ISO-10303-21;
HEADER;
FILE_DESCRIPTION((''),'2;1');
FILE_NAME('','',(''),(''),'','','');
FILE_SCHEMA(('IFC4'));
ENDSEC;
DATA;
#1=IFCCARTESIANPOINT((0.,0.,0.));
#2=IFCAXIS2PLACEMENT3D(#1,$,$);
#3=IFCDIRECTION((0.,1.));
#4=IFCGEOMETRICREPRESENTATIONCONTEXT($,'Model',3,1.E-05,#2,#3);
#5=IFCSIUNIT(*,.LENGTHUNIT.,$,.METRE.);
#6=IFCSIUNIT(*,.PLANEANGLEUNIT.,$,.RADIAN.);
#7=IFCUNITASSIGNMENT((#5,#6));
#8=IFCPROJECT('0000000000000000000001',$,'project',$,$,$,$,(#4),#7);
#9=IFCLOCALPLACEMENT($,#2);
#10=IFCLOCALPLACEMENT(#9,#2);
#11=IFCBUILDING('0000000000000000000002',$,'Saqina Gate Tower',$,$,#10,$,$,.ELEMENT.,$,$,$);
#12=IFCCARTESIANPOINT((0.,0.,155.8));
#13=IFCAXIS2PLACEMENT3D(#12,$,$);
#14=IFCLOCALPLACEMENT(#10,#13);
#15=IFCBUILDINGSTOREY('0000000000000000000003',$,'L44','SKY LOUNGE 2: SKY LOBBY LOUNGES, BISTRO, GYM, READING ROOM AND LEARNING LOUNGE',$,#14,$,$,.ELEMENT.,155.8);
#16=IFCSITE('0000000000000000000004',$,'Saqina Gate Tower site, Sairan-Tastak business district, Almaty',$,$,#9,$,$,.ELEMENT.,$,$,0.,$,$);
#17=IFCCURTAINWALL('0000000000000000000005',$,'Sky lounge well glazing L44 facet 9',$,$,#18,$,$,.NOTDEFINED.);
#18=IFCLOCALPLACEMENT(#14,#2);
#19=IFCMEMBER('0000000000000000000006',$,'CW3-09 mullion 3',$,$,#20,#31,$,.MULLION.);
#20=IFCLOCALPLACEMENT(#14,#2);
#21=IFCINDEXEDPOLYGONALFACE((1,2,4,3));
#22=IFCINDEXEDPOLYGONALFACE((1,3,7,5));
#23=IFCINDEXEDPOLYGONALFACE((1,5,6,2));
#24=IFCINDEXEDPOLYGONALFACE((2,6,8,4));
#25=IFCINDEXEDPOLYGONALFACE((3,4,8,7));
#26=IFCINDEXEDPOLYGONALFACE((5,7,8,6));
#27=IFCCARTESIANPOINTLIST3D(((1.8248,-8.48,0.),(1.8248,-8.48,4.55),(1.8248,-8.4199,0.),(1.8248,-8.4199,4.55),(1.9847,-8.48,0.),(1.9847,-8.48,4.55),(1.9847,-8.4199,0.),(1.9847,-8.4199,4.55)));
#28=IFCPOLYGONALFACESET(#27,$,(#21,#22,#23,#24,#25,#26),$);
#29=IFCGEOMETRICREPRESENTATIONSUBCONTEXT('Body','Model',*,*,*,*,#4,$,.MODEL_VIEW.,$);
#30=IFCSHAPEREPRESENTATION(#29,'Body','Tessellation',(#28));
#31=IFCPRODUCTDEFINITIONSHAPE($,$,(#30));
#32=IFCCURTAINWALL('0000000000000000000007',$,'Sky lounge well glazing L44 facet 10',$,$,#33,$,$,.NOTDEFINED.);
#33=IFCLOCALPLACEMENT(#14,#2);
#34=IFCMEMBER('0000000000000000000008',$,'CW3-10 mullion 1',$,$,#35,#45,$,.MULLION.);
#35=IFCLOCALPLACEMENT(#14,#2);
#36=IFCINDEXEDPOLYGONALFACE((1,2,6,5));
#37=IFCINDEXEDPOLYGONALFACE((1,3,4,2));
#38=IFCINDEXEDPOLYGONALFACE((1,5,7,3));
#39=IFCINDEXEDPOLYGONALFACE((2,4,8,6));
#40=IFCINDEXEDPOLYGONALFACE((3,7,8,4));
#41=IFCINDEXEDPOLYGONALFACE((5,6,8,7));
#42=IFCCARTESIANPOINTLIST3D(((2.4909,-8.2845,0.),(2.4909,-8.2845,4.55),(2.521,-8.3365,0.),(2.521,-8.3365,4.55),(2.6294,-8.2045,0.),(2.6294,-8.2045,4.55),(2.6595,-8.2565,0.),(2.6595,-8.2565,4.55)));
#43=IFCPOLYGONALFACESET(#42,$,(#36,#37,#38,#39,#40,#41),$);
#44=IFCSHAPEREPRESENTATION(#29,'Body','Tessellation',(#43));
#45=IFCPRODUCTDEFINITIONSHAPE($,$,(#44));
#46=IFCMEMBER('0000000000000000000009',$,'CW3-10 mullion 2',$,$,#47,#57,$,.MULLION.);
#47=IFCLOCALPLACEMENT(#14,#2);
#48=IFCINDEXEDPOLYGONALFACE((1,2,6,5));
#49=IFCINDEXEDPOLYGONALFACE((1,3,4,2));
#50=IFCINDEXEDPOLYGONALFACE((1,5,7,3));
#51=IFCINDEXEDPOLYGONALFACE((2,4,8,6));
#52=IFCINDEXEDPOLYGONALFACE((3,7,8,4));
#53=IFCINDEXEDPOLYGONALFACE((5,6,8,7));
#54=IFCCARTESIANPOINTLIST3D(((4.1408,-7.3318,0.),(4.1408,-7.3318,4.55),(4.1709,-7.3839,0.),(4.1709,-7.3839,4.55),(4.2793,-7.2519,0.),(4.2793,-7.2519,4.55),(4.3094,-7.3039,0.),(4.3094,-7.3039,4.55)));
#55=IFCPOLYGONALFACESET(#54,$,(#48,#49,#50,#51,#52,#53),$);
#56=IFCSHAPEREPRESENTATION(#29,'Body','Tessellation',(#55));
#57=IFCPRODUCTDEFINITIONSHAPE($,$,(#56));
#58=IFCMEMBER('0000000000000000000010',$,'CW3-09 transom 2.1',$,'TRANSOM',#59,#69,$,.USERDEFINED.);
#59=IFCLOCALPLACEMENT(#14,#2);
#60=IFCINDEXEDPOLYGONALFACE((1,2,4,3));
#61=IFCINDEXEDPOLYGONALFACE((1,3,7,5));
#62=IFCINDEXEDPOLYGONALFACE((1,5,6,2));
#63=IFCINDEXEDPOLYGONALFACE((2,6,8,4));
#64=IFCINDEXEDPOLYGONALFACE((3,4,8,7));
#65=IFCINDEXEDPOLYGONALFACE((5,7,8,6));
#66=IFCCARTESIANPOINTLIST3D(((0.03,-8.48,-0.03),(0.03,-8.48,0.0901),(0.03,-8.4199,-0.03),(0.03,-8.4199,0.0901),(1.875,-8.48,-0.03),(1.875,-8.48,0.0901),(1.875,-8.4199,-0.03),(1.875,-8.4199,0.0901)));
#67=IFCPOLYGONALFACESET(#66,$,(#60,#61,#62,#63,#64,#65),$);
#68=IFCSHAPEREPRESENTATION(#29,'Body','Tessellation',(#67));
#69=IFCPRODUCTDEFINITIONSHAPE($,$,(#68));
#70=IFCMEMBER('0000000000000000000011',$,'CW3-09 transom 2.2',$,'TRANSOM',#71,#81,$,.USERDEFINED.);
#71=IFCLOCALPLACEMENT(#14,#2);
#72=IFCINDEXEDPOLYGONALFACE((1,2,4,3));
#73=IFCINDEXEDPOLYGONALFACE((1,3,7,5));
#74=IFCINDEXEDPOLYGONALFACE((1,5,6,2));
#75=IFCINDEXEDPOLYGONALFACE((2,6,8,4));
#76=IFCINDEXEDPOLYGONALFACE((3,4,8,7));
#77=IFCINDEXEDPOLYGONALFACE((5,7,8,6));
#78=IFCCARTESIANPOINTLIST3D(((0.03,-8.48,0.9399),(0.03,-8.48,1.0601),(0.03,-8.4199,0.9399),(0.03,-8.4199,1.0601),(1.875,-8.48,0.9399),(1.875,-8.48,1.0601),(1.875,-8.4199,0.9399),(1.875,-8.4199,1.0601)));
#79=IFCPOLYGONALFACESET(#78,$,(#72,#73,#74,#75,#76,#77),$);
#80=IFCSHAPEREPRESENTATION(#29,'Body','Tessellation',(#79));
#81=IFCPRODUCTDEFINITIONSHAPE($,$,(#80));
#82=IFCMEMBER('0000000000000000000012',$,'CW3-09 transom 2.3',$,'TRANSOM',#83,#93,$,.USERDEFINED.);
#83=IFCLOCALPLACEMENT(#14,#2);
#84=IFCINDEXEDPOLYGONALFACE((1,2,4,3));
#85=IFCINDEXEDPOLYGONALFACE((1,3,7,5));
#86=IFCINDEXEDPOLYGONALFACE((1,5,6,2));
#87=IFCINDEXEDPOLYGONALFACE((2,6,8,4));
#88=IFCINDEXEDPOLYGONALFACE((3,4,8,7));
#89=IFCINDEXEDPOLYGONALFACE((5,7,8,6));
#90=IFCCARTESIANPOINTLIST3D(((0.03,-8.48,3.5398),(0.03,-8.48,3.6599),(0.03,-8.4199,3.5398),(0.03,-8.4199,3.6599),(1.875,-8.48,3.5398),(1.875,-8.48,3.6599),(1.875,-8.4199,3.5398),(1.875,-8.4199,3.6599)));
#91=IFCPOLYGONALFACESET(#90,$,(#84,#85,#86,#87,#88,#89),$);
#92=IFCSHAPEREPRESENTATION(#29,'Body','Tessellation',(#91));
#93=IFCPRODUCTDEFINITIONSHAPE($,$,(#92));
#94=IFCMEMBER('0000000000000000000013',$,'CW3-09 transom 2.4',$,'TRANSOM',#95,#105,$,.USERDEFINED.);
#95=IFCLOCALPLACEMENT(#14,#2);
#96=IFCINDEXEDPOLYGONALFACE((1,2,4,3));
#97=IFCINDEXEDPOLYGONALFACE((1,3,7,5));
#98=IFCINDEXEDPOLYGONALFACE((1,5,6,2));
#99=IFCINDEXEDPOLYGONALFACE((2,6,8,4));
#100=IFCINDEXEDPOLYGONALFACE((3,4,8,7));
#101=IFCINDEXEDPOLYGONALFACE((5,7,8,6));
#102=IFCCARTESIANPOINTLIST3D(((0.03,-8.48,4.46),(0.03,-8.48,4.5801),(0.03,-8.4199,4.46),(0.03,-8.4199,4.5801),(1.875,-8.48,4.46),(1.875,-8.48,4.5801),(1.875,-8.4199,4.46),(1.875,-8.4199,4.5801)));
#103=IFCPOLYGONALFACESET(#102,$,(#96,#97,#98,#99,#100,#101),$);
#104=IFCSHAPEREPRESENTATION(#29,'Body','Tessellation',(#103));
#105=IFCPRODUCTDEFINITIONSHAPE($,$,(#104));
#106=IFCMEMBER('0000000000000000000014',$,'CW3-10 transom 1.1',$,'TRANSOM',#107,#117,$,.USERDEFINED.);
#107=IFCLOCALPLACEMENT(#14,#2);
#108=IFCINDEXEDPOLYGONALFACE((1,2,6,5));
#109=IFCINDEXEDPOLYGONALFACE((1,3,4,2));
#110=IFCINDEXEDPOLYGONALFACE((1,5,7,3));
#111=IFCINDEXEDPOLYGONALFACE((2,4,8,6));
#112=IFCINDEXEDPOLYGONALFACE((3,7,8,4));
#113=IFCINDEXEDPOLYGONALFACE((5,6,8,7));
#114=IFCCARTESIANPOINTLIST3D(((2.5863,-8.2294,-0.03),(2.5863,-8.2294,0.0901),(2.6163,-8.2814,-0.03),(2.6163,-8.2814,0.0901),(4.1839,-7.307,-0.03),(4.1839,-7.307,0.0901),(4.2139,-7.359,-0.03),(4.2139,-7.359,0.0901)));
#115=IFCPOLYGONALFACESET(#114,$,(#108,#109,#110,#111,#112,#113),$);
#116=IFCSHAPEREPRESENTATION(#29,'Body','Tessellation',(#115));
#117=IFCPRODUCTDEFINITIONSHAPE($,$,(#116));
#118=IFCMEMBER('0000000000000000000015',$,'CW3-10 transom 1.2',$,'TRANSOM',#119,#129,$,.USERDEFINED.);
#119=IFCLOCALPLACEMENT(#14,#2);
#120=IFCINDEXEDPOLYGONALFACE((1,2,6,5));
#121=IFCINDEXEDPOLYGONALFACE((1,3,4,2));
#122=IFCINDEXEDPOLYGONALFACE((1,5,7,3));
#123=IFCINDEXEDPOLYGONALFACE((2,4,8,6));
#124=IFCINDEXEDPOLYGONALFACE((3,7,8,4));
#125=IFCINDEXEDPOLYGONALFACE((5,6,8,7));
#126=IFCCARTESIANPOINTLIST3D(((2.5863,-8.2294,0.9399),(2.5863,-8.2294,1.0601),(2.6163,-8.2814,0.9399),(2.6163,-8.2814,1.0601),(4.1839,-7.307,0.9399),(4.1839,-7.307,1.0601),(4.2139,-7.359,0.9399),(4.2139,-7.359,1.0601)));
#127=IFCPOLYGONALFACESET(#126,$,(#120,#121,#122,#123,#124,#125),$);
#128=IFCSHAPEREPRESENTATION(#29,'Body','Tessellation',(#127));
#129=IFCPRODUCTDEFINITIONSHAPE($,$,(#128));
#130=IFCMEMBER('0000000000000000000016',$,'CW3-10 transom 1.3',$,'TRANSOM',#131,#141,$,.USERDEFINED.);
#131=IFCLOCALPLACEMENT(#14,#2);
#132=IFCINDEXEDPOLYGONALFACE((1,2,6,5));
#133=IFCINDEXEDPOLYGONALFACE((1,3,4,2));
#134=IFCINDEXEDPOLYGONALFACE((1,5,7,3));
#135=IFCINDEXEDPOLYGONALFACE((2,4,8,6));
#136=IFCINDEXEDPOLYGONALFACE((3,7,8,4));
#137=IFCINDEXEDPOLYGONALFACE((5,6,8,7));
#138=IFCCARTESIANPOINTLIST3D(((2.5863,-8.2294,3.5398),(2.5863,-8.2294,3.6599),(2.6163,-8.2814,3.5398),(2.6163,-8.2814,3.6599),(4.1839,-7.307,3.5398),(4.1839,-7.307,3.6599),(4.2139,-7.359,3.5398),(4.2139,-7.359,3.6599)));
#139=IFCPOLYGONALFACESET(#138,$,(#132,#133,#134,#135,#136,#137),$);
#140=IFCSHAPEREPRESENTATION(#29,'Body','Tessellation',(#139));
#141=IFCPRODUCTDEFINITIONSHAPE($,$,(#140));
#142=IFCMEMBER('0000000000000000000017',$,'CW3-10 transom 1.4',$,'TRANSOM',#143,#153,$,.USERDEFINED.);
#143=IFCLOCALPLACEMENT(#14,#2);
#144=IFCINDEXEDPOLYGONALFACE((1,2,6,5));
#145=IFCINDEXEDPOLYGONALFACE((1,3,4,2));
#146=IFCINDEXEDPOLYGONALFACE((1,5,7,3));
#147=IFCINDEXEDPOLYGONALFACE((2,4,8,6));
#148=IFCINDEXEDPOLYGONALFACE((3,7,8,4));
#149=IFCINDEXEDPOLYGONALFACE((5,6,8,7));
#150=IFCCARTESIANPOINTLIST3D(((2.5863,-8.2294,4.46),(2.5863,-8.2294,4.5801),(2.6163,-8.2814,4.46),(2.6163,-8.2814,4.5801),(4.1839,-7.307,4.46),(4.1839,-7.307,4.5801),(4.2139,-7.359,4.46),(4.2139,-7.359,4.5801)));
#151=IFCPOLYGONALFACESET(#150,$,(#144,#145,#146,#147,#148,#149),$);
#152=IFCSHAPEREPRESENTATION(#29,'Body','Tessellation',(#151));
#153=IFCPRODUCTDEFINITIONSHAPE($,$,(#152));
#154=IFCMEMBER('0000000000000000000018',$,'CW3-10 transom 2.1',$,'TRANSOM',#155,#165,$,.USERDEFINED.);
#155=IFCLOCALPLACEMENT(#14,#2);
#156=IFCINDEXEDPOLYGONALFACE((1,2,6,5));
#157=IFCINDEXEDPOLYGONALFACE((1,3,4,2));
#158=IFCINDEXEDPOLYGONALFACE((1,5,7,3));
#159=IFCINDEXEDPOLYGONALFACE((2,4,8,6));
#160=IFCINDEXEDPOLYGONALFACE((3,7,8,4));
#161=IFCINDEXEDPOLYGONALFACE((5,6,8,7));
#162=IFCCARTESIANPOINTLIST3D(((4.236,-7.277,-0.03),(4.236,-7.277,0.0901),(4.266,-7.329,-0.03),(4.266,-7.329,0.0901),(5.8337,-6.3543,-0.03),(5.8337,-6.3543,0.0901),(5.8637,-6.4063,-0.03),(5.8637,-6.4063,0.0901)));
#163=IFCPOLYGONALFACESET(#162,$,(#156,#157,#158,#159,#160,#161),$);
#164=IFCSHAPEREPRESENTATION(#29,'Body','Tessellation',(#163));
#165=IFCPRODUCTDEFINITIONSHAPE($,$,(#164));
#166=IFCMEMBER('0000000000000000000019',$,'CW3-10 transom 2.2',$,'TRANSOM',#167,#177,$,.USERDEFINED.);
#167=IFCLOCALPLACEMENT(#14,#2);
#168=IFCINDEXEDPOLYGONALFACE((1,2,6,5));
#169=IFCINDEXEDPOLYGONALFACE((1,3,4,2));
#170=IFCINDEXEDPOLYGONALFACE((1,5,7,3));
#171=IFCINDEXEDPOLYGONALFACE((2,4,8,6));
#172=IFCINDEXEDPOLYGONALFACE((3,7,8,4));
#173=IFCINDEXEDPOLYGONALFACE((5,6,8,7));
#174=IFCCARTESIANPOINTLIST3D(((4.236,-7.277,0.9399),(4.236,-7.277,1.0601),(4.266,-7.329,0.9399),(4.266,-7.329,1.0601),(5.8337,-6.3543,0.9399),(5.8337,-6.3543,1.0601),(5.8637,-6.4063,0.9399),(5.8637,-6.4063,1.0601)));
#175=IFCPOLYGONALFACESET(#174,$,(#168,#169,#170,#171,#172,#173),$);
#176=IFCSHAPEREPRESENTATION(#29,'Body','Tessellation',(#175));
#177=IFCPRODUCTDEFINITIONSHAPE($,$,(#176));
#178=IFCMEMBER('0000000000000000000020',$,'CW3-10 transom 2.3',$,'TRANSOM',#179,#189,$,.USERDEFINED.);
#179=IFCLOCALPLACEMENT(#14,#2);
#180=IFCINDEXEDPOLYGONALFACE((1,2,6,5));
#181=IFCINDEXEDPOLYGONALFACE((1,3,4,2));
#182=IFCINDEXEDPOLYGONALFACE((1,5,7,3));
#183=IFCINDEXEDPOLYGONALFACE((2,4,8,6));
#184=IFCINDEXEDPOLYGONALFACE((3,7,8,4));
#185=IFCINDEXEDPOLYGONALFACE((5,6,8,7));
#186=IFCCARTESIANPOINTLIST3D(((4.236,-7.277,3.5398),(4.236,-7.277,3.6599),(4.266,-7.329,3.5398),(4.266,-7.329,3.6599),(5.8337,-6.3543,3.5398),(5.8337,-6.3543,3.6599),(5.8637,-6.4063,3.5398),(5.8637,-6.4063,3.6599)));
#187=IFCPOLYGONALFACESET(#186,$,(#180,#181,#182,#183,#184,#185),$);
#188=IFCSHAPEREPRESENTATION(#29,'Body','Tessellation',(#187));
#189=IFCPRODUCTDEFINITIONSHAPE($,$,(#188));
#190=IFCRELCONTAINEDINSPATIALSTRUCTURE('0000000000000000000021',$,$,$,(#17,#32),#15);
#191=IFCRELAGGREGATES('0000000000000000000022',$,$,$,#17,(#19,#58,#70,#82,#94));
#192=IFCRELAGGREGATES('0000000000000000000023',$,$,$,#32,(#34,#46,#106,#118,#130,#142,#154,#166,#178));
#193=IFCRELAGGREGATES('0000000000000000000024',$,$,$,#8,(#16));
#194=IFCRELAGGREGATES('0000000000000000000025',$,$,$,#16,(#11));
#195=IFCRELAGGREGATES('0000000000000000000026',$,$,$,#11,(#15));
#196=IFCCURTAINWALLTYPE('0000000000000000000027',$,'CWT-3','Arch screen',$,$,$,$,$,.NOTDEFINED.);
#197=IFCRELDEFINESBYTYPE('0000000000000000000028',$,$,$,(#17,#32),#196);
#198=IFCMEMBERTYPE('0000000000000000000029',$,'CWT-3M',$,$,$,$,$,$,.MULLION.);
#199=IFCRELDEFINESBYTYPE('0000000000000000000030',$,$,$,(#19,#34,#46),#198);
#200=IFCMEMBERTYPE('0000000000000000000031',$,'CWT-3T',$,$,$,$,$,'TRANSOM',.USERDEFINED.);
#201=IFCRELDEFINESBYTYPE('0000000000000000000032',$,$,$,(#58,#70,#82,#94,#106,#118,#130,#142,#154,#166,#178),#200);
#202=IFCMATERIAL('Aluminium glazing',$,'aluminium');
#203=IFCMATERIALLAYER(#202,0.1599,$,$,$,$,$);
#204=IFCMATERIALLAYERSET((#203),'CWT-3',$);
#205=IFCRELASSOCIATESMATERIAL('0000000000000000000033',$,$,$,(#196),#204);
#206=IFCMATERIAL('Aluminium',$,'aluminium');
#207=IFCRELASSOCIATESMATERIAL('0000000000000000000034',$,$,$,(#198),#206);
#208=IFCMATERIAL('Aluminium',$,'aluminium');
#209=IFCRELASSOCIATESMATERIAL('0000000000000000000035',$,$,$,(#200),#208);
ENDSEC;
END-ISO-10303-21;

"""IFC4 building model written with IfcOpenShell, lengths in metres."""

from ifc_helpers import new_model, si_unit, direction, frame, origin, origin_2d, place, context, subcontext, project, spatial, rectangle, extrude, material, layer, layer_set, material_profile, profile_set, type_object, element, aggregate, save


model = new_model("IFC4")

# Units and contexts
model_context = context("Model", 3, precision=1e-05, world=origin(), true_north=direction((0.0, 1.0)))
body_context = subcontext(model_context, "Body", "Model", "MODEL_VIEW")
ifc_project = project(units=[si_unit("LENGTHUNIT", "METRE"), si_unit("PLANEANGLEUNIT", "RADIAN")], contexts=[model_context])

# Site, building, storey
site_placement = place(None, origin())
site = spatial("IfcSite", under=ifc_project, at=site_placement, Name="Saqina Gate Tower site, Sairan-Tastak business district, Almaty", CompositionType="ELEMENT", RefElevation=0.0)
building_placement = place(site_placement, origin())
building = spatial("IfcBuilding", under=site, at=building_placement, Name="Saqina Gate Tower", CompositionType="ELEMENT")
storey_placement = place(building_placement, frame((0.0, 0.0, 155.8)))
storey = spatial("IfcBuildingStorey", under=building, at=storey_placement, Name="L44", Description="SKY LOUNGE 2: SKY LOBBY LOUNGES, BISTRO, GYM, READING ROOM AND LEARNING LOUNGE", CompositionType="ELEMENT", Elevation=155.8)

# Curtain wall, member
ifc_material_1 = material(Name="Aluminium glazing", Category="aluminium")
ifc_layer_1 = layer(ifc_material_1, 0.1599)
ifc_layer_set_1 = layer_set([ifc_layer_1], Name="CWT-3")
curtain_wall_type = type_object("IfcCurtainWallType", Name="CWT-3", Description="Arch screen", PredefinedType="NOTDEFINED", material=ifc_layer_set_1)
curtain_wall_1_placement = place(storey_placement, origin())
curtain_wall_1 = element("IfcCurtainWall", 1, at=curtain_wall_1_placement, inside=storey, type_object=curtain_wall_type, Name="Sky lounge well glazing L44 facet 9", PredefinedType="NOTDEFINED")
ifc_material_2 = material(Name="Aluminium", Category="aluminium")
ifc_material_profile_1 = material_profile(ifc_material_2, rectangle(XDim=0.0601, YDim=0.1599, at=origin_2d()), Name="Aluminium 60x160")
ifc_profile_set_1 = profile_set([ifc_material_profile_1], Name="Aluminium")
member_type_1 = type_object("IfcMemberType", Name="CWT-3M", PredefinedType="MULLION", material=ifc_profile_set_1)
member_1_placement = place(storey_placement, frame((1.9048, -8.45, 0.0), z_axis=(0.0, 0.0, 1.0), x_axis=(0.0, 1.0, 0.0)))
member_1 = element("IfcMember", 2, at=member_1_placement, type_object=member_type_1, Name="CW3-09 mullion 3", PredefinedType="MULLION", context=body_context, shape_type="SweptSolid", body=[
    extrude(rectangle(XDim=0.0601, YDim=0.1599, at=origin_2d()), origin(), (0.0, 0.0, 1.0), 4.55),
])

# Curtain wall, members
curtain_wall_2_placement = place(storey_placement, origin())
curtain_wall_2 = element("IfcCurtainWall", 3, at=curtain_wall_2_placement, inside=storey, type_object=curtain_wall_type, Name="Sky lounge well glazing L44 facet 10", PredefinedType="NOTDEFINED")
member_2_placement = place(storey_placement, frame((2.5752, -8.2705, 0.0), z_axis=(0.0, 0.0, 1.0), x_axis=(-0.500013, 0.866018, 0.0)))
member_2 = element("IfcMember", 4, at=member_2_placement, type_object=member_type_1, Name="CW3-10 mullion 1", PredefinedType="MULLION", context=body_context, shape_type="SweptSolid", body=[
    extrude(rectangle(XDim=0.0601, YDim=0.1599, at=origin_2d()), origin(), (0.0, 0.0, 1.0), 4.55),
])
member_3_placement = place(storey_placement, frame((4.2251, -7.3179, 0.0), z_axis=(0.0, 0.0, 1.0), x_axis=(-0.500013, 0.866018, 0.0)))
member_3 = element("IfcMember", 5, at=member_3_placement, type_object=member_type_1, Name="CW3-10 mullion 2", PredefinedType="MULLION", context=body_context, shape_type="SweptSolid", body=[
    extrude(rectangle(XDim=0.0601, YDim=0.1599, at=origin_2d()), origin(), (0.0, 0.0, 1.0), 4.55),
])

# Members
ifc_material_3 = material(Name="Aluminium", Category="aluminium")
ifc_material_profile_2 = material_profile(ifc_material_3, rectangle(XDim=0.0601, YDim=0.1201, at=origin_2d()), Name="Aluminium 60x120")
ifc_profile_set_2 = profile_set([ifc_material_profile_2], Name="Aluminium")
member_type_2 = type_object("IfcMemberType", Name="CWT-3T", ElementType="TRANSOM", PredefinedType="USERDEFINED", material=ifc_profile_set_2)
member_4_placement = place(storey_placement, frame((0.03, -8.45, 0.03), z_axis=(1.0, 0.0, 0.0), x_axis=(0.0, 1.0, 0.0)))
member_4 = element("IfcMember", 6, at=member_4_placement, type_object=member_type_2, Name="CW3-09 transom 2.1", ObjectType="TRANSOM", PredefinedType="USERDEFINED", context=body_context, shape_type="SweptSolid", body=[
    extrude(rectangle(XDim=0.0601, YDim=0.1201, at=origin_2d()), origin(), (0.0, 0.0, 1.0), 1.845),
])
member_5_placement = place(storey_placement, frame((0.03, -8.45, 1.0), z_axis=(1.0, 0.0, 0.0), x_axis=(0.0, 1.0, 0.0)))
member_5 = element("IfcMember", 7, at=member_5_placement, type_object=member_type_2, Name="CW3-09 transom 2.2", ObjectType="TRANSOM", PredefinedType="USERDEFINED", context=body_context, shape_type="SweptSolid", body=[
    extrude(rectangle(XDim=0.0601, YDim=0.1201, at=origin_2d()), origin(), (0.0, 0.0, 1.0), 1.845),
])
member_6_placement = place(storey_placement, frame((0.03, -8.45, 3.5999), z_axis=(1.0, 0.0, 0.0), x_axis=(0.0, 1.0, 0.0)))
member_6 = element("IfcMember", 8, at=member_6_placement, type_object=member_type_2, Name="CW3-09 transom 2.3", ObjectType="TRANSOM", PredefinedType="USERDEFINED", context=body_context, shape_type="SweptSolid", body=[
    extrude(rectangle(XDim=0.0601, YDim=0.1201, at=origin_2d()), origin(), (0.0, 0.0, 1.0), 1.845),
])
member_7_placement = place(storey_placement, frame((0.03, -8.45, 4.52), z_axis=(1.0, 0.0, 0.0), x_axis=(0.0, 1.0, 0.0)))
member_7 = element("IfcMember", 9, at=member_7_placement, type_object=member_type_2, Name="CW3-09 transom 2.4", ObjectType="TRANSOM", PredefinedType="USERDEFINED", context=body_context, shape_type="SweptSolid", body=[
    extrude(rectangle(XDim=0.0601, YDim=0.1201, at=origin_2d()), origin(), (0.0, 0.0, 1.0), 1.845),
])
member_8_placement = place(storey_placement, frame((2.6013, -8.2554, 0.03), z_axis=(0.866036, 0.499982, 0.0), x_axis=(-0.499982, 0.866036, 0.0)))
member_8 = element("IfcMember", 10, at=member_8_placement, type_object=member_type_2, Name="CW3-10 transom 1.1", ObjectType="TRANSOM", PredefinedType="USERDEFINED", context=body_context, shape_type="SweptSolid", body=[
    extrude(rectangle(XDim=0.0601, YDim=0.1201, at=origin_2d()), origin(), (0.0, 0.0, 1.0), 1.8447),
])
member_9_placement = place(storey_placement, frame((2.6013, -8.2554, 1.0), z_axis=(0.866036, 0.499982, 0.0), x_axis=(-0.499982, 0.866036, 0.0)))
member_9 = element("IfcMember", 11, at=member_9_placement, type_object=member_type_2, Name="CW3-10 transom 1.2", ObjectType="TRANSOM", PredefinedType="USERDEFINED", context=body_context, shape_type="SweptSolid", body=[
    extrude(rectangle(XDim=0.0601, YDim=0.1201, at=origin_2d()), origin(), (0.0, 0.0, 1.0), 1.8447),
])
member_10_placement = place(storey_placement, frame((2.6013, -8.2554, 3.5999), z_axis=(0.866036, 0.499982, 0.0), x_axis=(-0.499982, 0.866036, 0.0)))
member_10 = element("IfcMember", 12, at=member_10_placement, type_object=member_type_2, Name="CW3-10 transom 1.3", ObjectType="TRANSOM", PredefinedType="USERDEFINED", context=body_context, shape_type="SweptSolid", body=[
    extrude(rectangle(XDim=0.0601, YDim=0.1201, at=origin_2d()), origin(), (0.0, 0.0, 1.0), 1.8447),
])
member_11_placement = place(storey_placement, frame((2.6013, -8.2554, 4.52), z_axis=(0.866036, 0.499982, 0.0), x_axis=(-0.499982, 0.866036, 0.0)))
member_11 = element("IfcMember", 13, at=member_11_placement, type_object=member_type_2, Name="CW3-10 transom 1.4", ObjectType="TRANSOM", PredefinedType="USERDEFINED", context=body_context, shape_type="SweptSolid", body=[
    extrude(rectangle(XDim=0.0601, YDim=0.1201, at=origin_2d()), origin(), (0.0, 0.0, 1.0), 1.8447),
])
member_12_placement = place(storey_placement, frame((4.251, -7.303, 0.03), z_axis=(0.865978, 0.500081, 0.0), x_axis=(-0.500081, 0.865978, 0.0)))
member_12 = element("IfcMember", 14, at=member_12_placement, type_object=member_type_2, Name="CW3-10 transom 2.1", ObjectType="TRANSOM", PredefinedType="USERDEFINED", context=body_context, shape_type="SweptSolid", body=[
    extrude(rectangle(XDim=0.0601, YDim=0.1201, at=origin_2d()), origin(), (0.0, 0.0, 1.0), 1.845),
])
member_13_placement = place(storey_placement, frame((4.251, -7.303, 1.0), z_axis=(0.865978, 0.500081, 0.0), x_axis=(-0.500081, 0.865978, 0.0)))
member_13 = element("IfcMember", 15, at=member_13_placement, type_object=member_type_2, Name="CW3-10 transom 2.2", ObjectType="TRANSOM", PredefinedType="USERDEFINED", context=body_context, shape_type="SweptSolid", body=[
    extrude(rectangle(XDim=0.0601, YDim=0.1201, at=origin_2d()), origin(), (0.0, 0.0, 1.0), 1.845),
])
member_14_placement = place(storey_placement, frame((4.251, -7.303, 3.5999), z_axis=(0.865978, 0.500081, 0.0), x_axis=(-0.500081, 0.865978, 0.0)))
member_14 = element("IfcMember", 16, at=member_14_placement, type_object=member_type_2, Name="CW3-10 transom 2.3", ObjectType="TRANSOM", PredefinedType="USERDEFINED", context=body_context, shape_type="SweptSolid", body=[
    extrude(rectangle(XDim=0.0601, YDim=0.1201, at=origin_2d()), origin(), (0.0, 0.0, 1.0), 1.845),
])

aggregate(curtain_wall_1, [member_1, member_4, member_5, member_6, member_7])
aggregate(curtain_wall_2, [member_2, member_3, member_8, member_9, member_10, member_11, member_12, member_13, member_14])

save(model, "model.ifc")
